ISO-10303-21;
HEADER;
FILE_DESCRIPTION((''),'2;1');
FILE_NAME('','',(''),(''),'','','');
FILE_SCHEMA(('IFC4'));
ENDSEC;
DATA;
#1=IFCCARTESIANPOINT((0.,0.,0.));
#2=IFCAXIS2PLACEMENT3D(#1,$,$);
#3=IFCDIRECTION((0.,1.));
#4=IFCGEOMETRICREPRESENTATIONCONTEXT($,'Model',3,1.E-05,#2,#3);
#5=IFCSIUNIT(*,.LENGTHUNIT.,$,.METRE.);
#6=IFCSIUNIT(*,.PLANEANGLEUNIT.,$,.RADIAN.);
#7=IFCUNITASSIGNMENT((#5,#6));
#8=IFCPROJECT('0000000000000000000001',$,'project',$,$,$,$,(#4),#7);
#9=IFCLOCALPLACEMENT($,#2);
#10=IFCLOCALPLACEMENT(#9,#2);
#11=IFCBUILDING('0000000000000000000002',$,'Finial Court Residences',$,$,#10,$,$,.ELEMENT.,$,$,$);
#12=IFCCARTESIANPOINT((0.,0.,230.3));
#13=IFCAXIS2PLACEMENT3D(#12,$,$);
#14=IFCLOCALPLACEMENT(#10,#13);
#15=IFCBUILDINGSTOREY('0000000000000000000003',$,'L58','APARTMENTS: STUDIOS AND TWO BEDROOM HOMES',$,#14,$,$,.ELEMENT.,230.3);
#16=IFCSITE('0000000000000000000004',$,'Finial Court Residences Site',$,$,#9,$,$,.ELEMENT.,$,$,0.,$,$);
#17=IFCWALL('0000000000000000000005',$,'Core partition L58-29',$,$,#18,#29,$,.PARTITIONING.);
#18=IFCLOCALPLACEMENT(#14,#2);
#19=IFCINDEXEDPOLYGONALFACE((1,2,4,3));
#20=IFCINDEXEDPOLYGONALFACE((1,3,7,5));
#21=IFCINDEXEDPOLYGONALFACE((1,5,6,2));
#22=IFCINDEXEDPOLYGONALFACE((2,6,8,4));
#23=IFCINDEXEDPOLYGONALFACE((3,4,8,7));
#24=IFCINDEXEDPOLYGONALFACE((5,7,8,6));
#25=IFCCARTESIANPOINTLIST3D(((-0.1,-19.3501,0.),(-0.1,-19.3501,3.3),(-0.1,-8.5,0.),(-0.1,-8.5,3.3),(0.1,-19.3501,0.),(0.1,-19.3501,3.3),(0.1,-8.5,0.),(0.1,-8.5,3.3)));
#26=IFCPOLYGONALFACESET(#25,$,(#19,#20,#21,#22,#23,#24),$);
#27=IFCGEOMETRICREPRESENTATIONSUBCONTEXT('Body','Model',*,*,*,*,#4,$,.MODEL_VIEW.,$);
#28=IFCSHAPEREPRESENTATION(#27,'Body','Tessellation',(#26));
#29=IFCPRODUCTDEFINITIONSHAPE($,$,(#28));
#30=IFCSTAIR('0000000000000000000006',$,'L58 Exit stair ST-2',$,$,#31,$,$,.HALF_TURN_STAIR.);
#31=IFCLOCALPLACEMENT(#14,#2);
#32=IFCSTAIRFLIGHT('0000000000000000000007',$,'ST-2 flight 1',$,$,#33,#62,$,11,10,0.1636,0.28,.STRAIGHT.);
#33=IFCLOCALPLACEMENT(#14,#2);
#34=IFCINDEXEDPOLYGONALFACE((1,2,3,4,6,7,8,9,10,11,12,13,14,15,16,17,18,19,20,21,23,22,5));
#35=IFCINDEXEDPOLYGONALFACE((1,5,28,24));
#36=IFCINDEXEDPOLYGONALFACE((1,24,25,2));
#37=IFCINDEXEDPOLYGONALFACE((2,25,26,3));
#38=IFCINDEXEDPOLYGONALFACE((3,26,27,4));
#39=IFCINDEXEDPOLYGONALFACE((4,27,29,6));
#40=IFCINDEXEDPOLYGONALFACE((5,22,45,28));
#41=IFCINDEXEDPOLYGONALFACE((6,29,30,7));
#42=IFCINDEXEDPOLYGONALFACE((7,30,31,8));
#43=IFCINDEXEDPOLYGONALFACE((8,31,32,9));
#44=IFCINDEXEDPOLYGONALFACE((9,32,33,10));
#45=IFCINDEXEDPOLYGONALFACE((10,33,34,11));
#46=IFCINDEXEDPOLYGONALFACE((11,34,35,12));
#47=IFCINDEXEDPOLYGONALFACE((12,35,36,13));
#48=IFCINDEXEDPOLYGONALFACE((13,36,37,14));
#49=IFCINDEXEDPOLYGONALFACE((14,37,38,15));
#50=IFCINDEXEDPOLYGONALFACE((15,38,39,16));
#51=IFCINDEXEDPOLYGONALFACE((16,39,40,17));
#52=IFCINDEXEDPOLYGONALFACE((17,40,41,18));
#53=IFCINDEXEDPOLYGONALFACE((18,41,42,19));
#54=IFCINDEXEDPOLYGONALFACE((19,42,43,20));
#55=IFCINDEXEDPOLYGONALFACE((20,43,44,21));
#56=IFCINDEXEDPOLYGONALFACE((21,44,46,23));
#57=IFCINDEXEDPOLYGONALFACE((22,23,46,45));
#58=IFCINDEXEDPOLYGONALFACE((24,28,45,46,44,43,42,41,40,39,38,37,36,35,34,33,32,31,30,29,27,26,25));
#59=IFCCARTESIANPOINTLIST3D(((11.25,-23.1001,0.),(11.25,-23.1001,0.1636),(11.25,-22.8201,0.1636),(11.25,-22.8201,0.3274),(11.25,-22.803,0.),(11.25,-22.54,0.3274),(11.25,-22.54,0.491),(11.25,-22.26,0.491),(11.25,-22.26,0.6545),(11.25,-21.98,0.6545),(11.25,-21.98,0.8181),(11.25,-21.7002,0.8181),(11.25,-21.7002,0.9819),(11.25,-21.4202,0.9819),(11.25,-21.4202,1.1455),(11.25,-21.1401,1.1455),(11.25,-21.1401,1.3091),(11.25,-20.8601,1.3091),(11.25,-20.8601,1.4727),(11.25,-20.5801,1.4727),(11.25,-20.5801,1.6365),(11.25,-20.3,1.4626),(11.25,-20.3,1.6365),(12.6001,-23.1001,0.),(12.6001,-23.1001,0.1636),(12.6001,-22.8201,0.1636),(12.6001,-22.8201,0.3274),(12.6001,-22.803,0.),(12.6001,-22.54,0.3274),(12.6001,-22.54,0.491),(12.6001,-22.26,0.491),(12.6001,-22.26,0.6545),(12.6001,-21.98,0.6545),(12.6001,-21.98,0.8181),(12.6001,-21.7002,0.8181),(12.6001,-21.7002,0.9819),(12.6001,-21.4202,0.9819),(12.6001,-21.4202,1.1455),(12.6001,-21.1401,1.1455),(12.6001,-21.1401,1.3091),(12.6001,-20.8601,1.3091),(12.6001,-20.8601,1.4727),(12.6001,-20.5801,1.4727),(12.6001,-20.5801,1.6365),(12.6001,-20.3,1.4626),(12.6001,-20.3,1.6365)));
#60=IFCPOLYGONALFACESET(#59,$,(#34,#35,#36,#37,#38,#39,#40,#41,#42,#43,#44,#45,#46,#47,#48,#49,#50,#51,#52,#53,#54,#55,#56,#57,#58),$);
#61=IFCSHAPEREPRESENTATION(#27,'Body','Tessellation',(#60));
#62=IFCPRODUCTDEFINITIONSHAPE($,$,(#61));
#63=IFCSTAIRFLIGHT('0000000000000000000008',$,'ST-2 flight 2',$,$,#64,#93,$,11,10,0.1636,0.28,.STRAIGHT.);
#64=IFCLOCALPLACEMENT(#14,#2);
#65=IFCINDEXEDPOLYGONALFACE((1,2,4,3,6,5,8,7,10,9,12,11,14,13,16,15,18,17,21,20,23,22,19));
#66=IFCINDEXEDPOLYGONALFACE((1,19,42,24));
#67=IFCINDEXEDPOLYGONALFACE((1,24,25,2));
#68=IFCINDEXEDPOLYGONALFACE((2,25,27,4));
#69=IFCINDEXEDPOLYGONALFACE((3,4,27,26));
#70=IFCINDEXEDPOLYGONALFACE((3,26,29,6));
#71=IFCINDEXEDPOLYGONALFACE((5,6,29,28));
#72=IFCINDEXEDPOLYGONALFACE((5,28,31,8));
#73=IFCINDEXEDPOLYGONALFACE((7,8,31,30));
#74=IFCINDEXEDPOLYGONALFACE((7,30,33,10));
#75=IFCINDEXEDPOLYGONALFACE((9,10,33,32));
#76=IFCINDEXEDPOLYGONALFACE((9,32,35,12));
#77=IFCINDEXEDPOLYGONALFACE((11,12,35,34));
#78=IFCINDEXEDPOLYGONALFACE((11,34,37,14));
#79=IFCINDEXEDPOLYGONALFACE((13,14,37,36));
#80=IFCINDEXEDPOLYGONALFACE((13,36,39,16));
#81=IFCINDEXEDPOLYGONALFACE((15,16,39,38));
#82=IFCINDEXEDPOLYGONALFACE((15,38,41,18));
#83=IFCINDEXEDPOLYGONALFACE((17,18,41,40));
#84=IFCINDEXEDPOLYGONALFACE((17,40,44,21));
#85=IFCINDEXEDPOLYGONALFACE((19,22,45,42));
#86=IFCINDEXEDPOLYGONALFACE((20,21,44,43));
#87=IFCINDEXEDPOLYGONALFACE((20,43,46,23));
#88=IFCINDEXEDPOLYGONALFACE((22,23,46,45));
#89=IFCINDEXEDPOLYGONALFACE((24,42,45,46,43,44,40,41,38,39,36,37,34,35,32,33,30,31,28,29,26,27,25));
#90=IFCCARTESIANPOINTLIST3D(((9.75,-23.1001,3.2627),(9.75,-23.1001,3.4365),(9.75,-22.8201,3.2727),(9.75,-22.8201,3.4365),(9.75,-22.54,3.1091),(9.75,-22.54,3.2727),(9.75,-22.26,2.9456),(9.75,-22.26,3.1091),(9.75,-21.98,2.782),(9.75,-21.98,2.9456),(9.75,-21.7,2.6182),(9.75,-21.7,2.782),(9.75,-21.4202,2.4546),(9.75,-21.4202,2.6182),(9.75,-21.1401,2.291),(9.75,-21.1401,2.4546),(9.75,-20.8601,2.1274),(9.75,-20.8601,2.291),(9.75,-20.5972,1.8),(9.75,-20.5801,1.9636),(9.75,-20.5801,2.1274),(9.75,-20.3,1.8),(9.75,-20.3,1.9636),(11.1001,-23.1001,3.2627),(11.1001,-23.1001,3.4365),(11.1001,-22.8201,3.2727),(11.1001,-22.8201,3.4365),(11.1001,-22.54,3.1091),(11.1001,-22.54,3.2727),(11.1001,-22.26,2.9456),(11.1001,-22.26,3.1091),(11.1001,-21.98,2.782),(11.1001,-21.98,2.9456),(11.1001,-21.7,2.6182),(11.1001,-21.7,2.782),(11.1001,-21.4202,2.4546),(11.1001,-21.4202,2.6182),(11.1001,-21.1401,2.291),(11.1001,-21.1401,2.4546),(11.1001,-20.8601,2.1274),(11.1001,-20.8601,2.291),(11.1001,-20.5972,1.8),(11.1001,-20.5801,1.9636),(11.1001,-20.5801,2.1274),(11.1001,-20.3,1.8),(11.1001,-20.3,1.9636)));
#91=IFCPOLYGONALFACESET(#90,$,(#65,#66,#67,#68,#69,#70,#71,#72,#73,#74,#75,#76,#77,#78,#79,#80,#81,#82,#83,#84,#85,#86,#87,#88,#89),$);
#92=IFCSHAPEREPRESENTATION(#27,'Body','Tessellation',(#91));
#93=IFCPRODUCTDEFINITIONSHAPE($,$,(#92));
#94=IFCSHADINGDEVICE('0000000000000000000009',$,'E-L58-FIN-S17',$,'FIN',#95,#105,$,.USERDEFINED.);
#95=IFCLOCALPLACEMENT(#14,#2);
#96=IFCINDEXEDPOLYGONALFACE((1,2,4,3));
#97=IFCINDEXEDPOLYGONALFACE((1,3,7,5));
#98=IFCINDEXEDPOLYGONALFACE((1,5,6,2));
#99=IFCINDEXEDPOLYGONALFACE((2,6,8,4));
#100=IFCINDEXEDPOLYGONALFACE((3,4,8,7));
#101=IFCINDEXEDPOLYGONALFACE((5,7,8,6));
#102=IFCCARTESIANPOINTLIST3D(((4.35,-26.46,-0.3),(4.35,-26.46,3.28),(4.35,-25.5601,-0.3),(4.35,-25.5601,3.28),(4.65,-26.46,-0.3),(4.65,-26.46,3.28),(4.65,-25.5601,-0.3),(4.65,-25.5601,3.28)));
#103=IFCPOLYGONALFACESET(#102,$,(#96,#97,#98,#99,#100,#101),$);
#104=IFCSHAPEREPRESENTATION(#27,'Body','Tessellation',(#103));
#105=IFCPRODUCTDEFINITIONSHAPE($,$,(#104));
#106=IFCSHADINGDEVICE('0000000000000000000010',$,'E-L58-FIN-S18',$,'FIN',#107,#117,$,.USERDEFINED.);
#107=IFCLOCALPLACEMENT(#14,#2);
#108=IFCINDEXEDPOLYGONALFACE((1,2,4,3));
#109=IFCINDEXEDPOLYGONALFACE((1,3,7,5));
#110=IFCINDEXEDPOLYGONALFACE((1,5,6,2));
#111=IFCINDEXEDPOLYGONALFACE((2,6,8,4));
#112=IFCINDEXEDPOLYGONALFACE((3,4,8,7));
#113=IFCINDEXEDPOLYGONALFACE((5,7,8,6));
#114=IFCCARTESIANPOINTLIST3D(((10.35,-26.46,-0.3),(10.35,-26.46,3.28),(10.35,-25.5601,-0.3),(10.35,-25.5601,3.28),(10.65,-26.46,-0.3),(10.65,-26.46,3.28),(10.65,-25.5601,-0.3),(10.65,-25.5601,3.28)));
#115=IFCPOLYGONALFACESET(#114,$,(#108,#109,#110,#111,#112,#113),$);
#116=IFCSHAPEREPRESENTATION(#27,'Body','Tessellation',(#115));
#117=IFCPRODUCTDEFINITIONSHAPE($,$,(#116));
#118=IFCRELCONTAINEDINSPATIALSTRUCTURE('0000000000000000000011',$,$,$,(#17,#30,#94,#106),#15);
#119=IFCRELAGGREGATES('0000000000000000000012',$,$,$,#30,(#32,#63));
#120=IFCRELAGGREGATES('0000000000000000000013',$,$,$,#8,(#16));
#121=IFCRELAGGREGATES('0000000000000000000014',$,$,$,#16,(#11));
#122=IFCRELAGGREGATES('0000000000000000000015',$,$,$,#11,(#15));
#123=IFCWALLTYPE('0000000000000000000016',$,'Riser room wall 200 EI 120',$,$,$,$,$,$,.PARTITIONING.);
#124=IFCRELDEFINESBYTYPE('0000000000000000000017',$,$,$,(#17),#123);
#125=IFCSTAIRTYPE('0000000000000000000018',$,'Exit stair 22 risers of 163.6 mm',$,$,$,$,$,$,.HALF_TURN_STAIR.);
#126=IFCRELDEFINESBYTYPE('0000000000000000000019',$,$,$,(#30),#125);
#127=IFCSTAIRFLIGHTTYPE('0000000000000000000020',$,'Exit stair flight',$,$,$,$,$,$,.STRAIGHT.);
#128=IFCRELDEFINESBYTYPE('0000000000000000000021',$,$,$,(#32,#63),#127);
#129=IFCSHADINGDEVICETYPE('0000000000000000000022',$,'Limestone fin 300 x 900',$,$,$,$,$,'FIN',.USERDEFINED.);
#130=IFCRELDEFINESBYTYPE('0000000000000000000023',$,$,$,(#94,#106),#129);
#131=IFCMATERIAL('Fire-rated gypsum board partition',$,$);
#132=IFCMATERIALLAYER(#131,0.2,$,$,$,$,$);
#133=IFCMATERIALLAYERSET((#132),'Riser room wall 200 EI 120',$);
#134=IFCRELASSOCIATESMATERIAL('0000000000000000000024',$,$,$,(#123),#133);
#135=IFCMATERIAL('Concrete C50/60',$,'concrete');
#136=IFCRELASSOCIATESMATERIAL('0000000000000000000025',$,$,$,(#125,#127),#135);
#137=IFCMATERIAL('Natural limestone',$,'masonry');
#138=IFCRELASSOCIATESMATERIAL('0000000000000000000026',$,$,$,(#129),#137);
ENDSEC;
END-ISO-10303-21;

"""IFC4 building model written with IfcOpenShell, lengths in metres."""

from ifc_helpers import new_model, si_unit, direction, frame, frame_2d, origin, origin_2d, place, context, subcontext, project, spatial, polyline, rectangle, outline, extrude, material, layer, layer_set, type_object, element, aggregate, save


model = new_model("IFC4")

# Units and contexts
model_context = context("Model", 3, precision=1e-05, world=origin(), true_north=direction((0.0, 1.0)))
body_context = subcontext(model_context, "Body", "Model", "MODEL_VIEW")
ifc_project = project(units=[si_unit("LENGTHUNIT", "METRE"), si_unit("PLANEANGLEUNIT", "RADIAN")], contexts=[model_context])

# Site, building, storey
site_placement = place(None, origin())
site = spatial("IfcSite", under=ifc_project, at=site_placement, Name="Finial Court Residences Site", CompositionType="ELEMENT", RefElevation=0.0)
building_placement = place(site_placement, origin())
building = spatial("IfcBuilding", under=site, at=building_placement, Name="Finial Court Residences", CompositionType="ELEMENT")
storey_placement = place(building_placement, frame((0.0, 0.0, 230.3)))
storey = spatial("IfcBuildingStorey", under=building, at=storey_placement, Name="L58", Description="APARTMENTS: STUDIOS AND TWO BEDROOM HOMES", CompositionType="ELEMENT", Elevation=230.3)

# Shared definitions
ifc_material_1 = material(Name="Fire-rated gypsum board partition")

# Wall
ifc_layer_1 = layer(ifc_material_1, 0.2)
ifc_layer_set_1 = layer_set([ifc_layer_1], Name="Riser room wall 200 EI 120")
wall_type_1 = type_object("IfcWallType", Name="Riser room wall 200 EI 120", PredefinedType="PARTITIONING", material=ifc_layer_set_1)
wall_1_placement = place(storey_placement, frame((0.0, -19.3501, 0.0), z_axis=(0.0, 0.0, 1.0), x_axis=(0.0, 1.0, 0.0)))
element("IfcWall", 1, at=wall_1_placement, inside=storey, type_object=wall_type_1, Name="Core partition L58-29", PredefinedType="PARTITIONING", context=body_context, shape_type="SweptSolid", body=[
    extrude(rectangle(XDim=10.8501, YDim=0.2, at=frame_2d((5.425, 0.0))), origin(), (0.0, 0.0, 1.0), 3.3),
])

# Stair, stair flights
ifc_material_2 = material(Name="Concrete C50/60", Category="concrete")
stair_type = type_object("IfcStairType", Name="Exit stair 22 risers of 163.6 mm", PredefinedType="HALF_TURN_STAIR", material=ifc_material_2)
stair_placement = place(storey_placement, origin())
stair = element("IfcStair", 2, at=stair_placement, inside=storey, type_object=stair_type, Name="L58 Exit stair ST-2", PredefinedType="HALF_TURN_STAIR")
stair_flight_type = type_object("IfcStairFlightType", Name="Exit stair flight", PredefinedType="STRAIGHT", material=ifc_material_2)
stair_flight_1_placement = place(storey_placement, frame((11.925, -23.1001, 0.0), z_axis=(0.0, 0.0, 1.0), x_axis=(0.0, 1.0, 0.0)))
stair_flight_1 = element("IfcStairFlight", 3, at=stair_flight_1_placement, type_object=stair_flight_type, Name="ST-2 flight 1", NumberOfRisers=11, NumberOfTreads=10, PredefinedType="STRAIGHT", RiserHeight=0.1636, TreadLength=0.28, context=body_context, shape_type="SweptSolid", body=[
    extrude(outline(polyline([(0.0, 0.0), (0.0, 0.1636), (0.28, 0.1636), (0.28, 0.3274), (0.5601, 0.3274), (0.5601, 0.491), (0.8401, 0.491), (0.8401, 0.6545), (1.1201, 0.6545), (1.1201, 0.8181), (1.3999, 0.8181), (1.3999, 0.9819), (1.6799, 0.9819), (1.6799, 1.1455), (1.96, 1.1455), (1.96, 1.3091), (2.24, 1.3091), (2.24, 1.4727), (2.52, 1.4727), (2.52, 1.6365), (2.8, 1.6365), (2.8, 1.8), (2.8, 1.4626), (0.2971, 0.0), (0.0, 0.0)])), frame((0.0, 0.675, 0.0), z_axis=(0.0, -1.0, 0.0), x_axis=(1.0, 0.0, 0.0)), (0.0, 0.0, 1.0), 1.3501),
])
stair_flight_2_placement = place(storey_placement, frame((10.425, -20.3, 1.8), z_axis=(0.0, 0.0, 1.0), x_axis=(0.0, -1.0, 0.0)))
stair_flight_2 = element("IfcStairFlight", 4, at=stair_flight_2_placement, type_object=stair_flight_type, Name="ST-2 flight 2", NumberOfRisers=11, NumberOfTreads=10, PredefinedType="STRAIGHT", RiserHeight=0.1636, TreadLength=0.28, context=body_context, shape_type="SweptSolid", body=[
    extrude(outline(polyline([(0.0, 0.0), (0.0, 0.1636), (0.28, 0.1636), (0.28, 0.3274), (0.5601, 0.3274), (0.5601, 0.491), (0.8401, 0.491), (0.8401, 0.6545), (1.1201, 0.6545), (1.1201, 0.8181), (1.3999, 0.8181), (1.3999, 0.9819), (1.6799, 0.9819), (1.6799, 1.1455), (1.96, 1.1455), (1.96, 1.3091), (2.24, 1.3091), (2.24, 1.4727), (2.52, 1.4727), (2.52, 1.6365), (2.8, 1.6365), (2.8, 1.8), (2.8, 1.4626), (0.2971, 0.0), (0.0, 0.0)])), frame((0.0, 0.675, 0.0), z_axis=(0.0, -1.0, 0.0), x_axis=(1.0, 0.0, 0.0)), (0.0, 0.0, 1.0), 1.3501),
])
aggregate(stair, [stair_flight_1, stair_flight_2])

# Shading devices
ifc_material_3 = material(Name="Natural limestone", Category="masonry")
shading_device_type = type_object("IfcShadingDeviceType", Name="Limestone fin 300 x 900", ElementType="FIN", PredefinedType="USERDEFINED", material=ifc_material_3)
for number, where, z_axis, x_axis, name in (
    (5, (4.5, -26.01, -0.3), (0.0, 0.0, 1.0), (1.0, 0.0, 0.0), "E-L58-FIN-S17"),
    (6, (10.5, -26.01, -0.3), (0.0, 0.0, 1.0), (1.0, 0.0, 0.0), "E-L58-FIN-S18"),
):
    element("IfcShadingDevice", number, at=place(storey_placement, frame(where, z_axis=z_axis, x_axis=x_axis)), inside=storey, type_object=shading_device_type, Name=name, ObjectType="FIN", PredefinedType="USERDEFINED", context=body_context, shape_type="SweptSolid", body=[
        extrude(rectangle(XDim=0.3, YDim=0.8999, at=origin_2d()), origin(), (0.0, 0.0, 1.0), 3.5801),
    ])

save(model, "model.ifc")
